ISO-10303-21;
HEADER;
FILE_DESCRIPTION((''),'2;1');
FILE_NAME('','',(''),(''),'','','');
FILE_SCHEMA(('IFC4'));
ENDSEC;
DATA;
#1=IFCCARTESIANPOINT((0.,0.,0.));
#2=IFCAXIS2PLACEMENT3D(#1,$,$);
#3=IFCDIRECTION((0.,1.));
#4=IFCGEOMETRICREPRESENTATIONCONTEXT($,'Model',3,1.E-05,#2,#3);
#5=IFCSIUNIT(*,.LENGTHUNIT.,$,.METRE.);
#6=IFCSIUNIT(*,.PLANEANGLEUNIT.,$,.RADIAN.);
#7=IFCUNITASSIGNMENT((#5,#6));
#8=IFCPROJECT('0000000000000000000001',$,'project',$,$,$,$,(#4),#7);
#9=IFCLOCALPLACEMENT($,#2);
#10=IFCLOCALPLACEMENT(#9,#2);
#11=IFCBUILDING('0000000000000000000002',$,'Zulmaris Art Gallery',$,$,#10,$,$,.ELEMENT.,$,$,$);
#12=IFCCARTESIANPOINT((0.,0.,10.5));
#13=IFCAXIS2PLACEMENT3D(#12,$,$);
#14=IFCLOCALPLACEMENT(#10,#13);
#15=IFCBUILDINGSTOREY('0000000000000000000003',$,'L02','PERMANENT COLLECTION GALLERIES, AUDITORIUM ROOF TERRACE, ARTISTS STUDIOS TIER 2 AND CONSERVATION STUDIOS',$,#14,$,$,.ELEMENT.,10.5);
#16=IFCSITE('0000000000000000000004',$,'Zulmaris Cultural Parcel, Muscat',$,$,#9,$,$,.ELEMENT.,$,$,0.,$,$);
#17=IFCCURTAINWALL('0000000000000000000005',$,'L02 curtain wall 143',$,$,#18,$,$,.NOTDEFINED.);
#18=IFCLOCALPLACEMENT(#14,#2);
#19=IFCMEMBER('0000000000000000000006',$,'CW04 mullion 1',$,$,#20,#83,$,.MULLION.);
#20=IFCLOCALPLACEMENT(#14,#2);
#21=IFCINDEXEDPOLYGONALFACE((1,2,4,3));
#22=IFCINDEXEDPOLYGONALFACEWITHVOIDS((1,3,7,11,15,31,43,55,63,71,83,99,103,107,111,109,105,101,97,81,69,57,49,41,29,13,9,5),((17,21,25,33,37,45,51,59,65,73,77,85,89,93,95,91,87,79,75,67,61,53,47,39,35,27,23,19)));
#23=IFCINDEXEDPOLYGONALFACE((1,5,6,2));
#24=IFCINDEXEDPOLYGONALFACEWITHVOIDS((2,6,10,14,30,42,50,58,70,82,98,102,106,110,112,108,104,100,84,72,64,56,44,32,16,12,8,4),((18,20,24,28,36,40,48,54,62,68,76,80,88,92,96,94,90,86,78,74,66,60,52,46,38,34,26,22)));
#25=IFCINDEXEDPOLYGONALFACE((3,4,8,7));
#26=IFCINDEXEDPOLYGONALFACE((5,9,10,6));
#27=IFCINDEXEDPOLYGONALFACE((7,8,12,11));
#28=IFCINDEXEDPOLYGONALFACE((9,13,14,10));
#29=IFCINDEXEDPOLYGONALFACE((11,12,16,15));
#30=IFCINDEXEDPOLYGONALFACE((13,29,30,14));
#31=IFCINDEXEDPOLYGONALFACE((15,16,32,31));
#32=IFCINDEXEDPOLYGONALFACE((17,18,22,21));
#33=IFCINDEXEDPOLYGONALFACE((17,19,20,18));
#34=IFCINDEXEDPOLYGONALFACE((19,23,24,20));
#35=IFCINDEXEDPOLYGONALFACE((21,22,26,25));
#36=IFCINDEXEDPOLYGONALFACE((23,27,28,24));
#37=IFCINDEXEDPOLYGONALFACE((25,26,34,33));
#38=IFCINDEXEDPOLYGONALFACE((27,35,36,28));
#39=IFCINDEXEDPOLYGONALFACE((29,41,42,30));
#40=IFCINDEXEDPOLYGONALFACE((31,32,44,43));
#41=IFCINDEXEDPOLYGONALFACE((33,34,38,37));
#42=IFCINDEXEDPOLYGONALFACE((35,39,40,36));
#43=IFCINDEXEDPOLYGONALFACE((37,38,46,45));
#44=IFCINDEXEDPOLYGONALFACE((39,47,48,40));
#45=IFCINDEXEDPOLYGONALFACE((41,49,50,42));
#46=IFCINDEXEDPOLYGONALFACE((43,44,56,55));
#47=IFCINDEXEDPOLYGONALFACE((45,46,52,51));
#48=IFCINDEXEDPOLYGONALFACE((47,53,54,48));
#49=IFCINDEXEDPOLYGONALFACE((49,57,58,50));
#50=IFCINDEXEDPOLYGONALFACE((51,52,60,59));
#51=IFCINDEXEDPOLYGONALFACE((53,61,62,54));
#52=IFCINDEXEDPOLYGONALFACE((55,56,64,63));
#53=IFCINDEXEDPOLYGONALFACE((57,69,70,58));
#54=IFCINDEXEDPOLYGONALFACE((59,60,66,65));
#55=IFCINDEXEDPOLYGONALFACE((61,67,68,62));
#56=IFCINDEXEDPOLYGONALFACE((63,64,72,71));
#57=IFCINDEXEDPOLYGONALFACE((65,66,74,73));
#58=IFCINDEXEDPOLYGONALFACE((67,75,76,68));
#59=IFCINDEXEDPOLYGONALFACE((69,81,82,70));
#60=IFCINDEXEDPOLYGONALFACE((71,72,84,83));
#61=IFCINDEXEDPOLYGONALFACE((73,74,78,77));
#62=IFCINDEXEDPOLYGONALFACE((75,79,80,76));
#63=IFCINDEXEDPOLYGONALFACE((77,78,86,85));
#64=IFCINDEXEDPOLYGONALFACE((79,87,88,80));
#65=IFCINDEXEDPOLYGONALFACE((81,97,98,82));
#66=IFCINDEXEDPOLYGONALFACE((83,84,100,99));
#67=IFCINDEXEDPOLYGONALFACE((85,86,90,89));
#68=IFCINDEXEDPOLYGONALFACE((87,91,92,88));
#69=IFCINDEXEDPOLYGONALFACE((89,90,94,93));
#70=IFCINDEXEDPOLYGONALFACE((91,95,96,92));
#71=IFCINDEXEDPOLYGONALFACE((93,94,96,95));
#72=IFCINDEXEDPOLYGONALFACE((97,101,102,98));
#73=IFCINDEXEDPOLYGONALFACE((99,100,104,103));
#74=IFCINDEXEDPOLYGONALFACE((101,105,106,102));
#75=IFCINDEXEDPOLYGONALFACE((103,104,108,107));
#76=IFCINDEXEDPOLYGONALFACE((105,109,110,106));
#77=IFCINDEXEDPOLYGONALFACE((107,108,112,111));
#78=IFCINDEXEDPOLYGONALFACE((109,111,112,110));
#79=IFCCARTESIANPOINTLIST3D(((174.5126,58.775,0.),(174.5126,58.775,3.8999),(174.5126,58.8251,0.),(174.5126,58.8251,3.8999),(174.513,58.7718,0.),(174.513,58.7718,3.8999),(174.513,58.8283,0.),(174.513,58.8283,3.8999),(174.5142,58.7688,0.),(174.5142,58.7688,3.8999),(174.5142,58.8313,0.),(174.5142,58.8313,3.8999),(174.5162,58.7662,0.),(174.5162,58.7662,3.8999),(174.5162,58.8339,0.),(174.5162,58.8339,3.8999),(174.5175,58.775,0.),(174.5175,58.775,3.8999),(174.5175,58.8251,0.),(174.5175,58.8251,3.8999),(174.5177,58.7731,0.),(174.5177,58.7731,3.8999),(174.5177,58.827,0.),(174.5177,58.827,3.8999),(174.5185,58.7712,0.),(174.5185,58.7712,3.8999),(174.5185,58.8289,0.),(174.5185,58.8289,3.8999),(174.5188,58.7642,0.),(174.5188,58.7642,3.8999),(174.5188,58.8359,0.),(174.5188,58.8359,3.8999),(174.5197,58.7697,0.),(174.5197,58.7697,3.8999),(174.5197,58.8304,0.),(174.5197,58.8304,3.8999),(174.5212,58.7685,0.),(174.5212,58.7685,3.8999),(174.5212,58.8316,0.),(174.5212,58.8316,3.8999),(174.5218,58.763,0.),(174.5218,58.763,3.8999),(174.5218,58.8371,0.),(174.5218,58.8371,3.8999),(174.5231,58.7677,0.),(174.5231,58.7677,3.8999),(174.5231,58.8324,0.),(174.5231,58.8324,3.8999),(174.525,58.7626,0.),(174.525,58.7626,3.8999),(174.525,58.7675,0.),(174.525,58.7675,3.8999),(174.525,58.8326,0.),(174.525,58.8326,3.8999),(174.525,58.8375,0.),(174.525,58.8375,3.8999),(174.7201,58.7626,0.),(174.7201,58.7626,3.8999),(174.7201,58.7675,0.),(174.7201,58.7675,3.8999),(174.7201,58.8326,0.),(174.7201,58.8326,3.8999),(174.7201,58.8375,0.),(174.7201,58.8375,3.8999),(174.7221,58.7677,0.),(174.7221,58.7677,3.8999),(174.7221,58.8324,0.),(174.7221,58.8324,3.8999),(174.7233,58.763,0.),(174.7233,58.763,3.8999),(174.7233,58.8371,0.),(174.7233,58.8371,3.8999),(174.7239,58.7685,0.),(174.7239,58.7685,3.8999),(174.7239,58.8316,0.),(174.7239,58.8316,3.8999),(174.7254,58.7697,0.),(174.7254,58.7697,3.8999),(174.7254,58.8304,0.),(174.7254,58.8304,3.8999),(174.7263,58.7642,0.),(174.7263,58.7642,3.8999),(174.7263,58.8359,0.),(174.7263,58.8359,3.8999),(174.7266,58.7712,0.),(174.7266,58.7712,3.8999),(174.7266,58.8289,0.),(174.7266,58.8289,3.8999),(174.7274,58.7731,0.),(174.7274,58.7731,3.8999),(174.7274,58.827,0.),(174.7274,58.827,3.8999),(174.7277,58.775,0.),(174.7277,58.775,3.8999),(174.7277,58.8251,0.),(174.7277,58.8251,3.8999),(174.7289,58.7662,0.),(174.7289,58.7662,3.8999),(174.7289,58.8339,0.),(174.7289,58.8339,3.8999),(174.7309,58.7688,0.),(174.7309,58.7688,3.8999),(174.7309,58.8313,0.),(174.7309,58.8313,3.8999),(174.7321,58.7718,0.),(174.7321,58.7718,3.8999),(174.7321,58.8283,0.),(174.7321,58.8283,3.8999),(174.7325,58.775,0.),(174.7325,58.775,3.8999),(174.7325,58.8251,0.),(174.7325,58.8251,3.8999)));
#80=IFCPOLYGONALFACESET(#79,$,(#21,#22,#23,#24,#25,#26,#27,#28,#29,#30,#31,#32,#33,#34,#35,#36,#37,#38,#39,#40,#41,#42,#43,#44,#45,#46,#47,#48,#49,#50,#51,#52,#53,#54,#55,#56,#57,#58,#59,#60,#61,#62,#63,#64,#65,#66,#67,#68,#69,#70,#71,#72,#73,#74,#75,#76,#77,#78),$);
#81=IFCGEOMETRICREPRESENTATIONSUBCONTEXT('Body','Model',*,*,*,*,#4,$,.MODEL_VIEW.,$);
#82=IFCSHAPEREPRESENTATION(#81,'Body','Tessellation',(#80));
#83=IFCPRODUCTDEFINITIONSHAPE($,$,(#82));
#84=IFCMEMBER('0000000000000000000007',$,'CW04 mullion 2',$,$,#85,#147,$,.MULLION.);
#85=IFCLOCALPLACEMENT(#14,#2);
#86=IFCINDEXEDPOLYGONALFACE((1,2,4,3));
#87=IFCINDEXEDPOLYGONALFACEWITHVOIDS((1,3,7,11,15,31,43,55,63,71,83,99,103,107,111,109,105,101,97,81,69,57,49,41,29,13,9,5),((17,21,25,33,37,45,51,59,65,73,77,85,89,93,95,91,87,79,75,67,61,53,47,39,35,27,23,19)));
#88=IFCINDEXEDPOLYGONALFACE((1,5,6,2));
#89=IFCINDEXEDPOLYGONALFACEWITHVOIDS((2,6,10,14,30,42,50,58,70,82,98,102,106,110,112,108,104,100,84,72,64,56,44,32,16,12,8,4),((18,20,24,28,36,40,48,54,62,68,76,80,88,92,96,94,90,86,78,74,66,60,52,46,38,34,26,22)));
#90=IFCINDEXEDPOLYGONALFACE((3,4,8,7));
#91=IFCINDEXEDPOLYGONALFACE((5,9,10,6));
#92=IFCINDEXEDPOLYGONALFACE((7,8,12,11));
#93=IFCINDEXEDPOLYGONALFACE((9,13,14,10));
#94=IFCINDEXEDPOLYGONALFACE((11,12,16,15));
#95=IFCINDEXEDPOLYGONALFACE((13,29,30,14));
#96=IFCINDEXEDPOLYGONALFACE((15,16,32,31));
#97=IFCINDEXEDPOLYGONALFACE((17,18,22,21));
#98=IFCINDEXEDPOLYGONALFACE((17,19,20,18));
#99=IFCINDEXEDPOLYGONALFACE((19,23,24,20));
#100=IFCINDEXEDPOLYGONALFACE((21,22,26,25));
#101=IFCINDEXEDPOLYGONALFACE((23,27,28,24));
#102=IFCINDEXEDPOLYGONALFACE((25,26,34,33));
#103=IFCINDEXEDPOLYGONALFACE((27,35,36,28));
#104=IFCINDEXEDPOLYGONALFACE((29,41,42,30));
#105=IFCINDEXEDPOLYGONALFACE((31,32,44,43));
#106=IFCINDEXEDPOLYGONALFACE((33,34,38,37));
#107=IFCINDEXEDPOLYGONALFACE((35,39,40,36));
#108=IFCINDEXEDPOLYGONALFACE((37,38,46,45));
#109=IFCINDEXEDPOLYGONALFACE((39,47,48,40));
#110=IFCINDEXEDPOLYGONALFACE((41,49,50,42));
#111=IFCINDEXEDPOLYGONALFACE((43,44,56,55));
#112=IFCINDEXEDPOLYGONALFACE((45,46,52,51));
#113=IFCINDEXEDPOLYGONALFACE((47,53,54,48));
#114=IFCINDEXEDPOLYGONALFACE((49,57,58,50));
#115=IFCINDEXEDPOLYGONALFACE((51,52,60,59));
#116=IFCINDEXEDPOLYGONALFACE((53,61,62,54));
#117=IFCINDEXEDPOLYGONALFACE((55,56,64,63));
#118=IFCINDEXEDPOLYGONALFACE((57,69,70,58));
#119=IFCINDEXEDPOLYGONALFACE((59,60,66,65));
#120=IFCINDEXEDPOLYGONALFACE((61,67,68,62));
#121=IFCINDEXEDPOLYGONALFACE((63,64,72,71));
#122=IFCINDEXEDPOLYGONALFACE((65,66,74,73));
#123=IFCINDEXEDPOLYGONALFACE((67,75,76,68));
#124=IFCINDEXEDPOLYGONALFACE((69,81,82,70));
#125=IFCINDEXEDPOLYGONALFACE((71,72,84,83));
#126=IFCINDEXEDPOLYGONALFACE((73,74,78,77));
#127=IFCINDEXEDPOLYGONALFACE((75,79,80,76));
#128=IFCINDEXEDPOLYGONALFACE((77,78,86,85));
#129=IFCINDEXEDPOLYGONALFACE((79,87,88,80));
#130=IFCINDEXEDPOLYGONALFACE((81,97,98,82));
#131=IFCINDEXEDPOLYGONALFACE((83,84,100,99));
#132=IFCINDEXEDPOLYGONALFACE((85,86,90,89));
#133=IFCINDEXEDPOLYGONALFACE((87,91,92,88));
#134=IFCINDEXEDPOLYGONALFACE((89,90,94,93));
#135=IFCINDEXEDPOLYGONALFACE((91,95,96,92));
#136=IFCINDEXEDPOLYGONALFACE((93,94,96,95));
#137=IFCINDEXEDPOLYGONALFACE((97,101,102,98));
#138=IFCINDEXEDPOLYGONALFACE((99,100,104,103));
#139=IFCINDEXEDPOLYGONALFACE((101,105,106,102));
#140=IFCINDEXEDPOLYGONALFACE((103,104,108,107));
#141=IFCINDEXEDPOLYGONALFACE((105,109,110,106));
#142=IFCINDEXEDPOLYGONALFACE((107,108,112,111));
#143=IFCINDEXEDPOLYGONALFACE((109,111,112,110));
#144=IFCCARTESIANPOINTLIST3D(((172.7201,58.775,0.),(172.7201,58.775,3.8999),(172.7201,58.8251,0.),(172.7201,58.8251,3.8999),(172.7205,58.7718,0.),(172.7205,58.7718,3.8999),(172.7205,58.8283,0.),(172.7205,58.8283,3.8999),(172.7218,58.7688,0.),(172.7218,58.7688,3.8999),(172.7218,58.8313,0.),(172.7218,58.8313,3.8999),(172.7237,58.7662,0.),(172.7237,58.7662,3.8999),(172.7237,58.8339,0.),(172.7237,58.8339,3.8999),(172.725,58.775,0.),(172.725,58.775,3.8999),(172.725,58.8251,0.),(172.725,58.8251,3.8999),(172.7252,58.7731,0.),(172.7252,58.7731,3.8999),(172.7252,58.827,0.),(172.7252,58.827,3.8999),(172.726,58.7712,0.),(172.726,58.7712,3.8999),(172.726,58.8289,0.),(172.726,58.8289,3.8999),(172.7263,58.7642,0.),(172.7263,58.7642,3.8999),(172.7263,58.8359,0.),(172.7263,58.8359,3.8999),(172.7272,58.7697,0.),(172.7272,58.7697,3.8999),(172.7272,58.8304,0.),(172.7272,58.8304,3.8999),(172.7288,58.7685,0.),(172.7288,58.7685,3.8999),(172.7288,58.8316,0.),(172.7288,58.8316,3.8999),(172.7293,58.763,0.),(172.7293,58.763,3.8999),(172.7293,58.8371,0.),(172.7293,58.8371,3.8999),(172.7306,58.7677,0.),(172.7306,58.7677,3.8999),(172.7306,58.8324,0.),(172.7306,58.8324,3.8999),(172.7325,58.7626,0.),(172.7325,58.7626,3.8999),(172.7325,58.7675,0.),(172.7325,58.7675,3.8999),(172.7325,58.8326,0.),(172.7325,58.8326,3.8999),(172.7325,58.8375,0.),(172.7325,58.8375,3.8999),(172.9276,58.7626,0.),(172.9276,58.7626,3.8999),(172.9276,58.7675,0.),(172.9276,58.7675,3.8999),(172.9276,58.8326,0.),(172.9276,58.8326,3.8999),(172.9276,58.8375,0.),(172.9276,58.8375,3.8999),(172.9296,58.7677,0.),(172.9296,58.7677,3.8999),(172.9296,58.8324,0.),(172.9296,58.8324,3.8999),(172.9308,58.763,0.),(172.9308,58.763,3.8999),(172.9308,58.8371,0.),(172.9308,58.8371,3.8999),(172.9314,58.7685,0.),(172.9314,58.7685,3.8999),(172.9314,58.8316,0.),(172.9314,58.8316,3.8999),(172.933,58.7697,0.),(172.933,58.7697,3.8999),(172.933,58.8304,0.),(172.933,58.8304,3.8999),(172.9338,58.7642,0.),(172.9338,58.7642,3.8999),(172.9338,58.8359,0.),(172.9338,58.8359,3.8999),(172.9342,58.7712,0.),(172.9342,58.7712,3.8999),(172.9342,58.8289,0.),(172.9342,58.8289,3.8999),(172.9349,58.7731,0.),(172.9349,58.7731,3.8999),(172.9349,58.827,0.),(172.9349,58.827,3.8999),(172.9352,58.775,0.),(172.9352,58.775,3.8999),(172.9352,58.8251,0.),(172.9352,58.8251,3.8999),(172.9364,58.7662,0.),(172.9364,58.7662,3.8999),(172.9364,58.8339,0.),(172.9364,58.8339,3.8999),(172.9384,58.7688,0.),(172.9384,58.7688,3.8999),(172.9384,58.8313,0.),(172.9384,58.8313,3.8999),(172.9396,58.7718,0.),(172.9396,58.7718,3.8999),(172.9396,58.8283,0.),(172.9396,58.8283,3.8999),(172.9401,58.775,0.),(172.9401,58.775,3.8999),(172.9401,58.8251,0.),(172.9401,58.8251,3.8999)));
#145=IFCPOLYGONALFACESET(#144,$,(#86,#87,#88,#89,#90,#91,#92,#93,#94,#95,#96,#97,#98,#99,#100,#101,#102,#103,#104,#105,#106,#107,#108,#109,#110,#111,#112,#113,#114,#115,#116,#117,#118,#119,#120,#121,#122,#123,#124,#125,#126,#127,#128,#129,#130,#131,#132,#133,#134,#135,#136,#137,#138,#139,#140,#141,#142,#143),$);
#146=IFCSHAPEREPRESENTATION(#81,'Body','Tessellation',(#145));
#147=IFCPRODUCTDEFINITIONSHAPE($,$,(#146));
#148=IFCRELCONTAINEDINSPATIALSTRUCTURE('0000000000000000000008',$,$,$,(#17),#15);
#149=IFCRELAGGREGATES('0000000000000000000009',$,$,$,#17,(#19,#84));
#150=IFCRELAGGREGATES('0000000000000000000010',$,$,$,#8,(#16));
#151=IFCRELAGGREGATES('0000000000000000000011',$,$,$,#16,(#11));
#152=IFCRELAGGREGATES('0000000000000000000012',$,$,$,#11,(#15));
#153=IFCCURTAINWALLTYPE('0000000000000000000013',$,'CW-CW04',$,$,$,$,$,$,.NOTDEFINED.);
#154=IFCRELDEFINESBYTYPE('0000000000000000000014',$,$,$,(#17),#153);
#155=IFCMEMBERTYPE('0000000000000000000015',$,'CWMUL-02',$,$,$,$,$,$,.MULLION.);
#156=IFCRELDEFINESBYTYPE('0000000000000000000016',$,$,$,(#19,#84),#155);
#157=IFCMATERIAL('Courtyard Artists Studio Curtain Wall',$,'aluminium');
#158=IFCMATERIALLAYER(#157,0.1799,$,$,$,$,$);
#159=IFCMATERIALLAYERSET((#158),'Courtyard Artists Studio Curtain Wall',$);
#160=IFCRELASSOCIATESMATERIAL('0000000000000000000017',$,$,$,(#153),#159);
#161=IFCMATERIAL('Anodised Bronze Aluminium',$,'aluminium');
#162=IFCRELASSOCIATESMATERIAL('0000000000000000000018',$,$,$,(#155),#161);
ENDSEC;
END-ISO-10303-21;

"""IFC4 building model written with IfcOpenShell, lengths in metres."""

from ifc_helpers import new_model, si_unit, direction, frame, origin, origin_2d, place, context, subcontext, project, spatial, hollow_rectangle, extrude, material, layer, layer_set, material_profile, profile_set, type_object, element, aggregate, save


model = new_model("IFC4")

# Units and contexts
model_context = context("Model", 3, precision=1e-05, world=origin(), true_north=direction((0.0, 1.0)))
body_context = subcontext(model_context, "Body", "Model", "MODEL_VIEW")
ifc_project = project(units=[si_unit("LENGTHUNIT", "METRE"), si_unit("PLANEANGLEUNIT", "RADIAN")], contexts=[model_context])

# Site, building, storey
site_placement = place(None, origin())
site = spatial("IfcSite", under=ifc_project, at=site_placement, Name="Zulmaris Cultural Parcel, Muscat", CompositionType="ELEMENT", RefElevation=0.0)
building_placement = place(site_placement, origin())
building = spatial("IfcBuilding", under=site, at=building_placement, Name="Zulmaris Art Gallery", CompositionType="ELEMENT")
storey_placement = place(building_placement, frame((0.0, 0.0, 10.5)))
storey = spatial("IfcBuildingStorey", under=building, at=storey_placement, Name="L02", Description="PERMANENT COLLECTION GALLERIES, AUDITORIUM ROOF TERRACE, ARTISTS STUDIOS TIER 2 AND CONSERVATION STUDIOS", CompositionType="ELEMENT", Elevation=10.5)

# Curtain wall, members
ifc_material_1 = material(Name="Courtyard Artists Studio Curtain Wall", Category="aluminium")
ifc_layer_1 = layer(ifc_material_1, 0.1799)
ifc_layer_set_1 = layer_set([ifc_layer_1], Name="Courtyard Artists Studio Curtain Wall")
curtain_wall_type = type_object("IfcCurtainWallType", Name="CW-CW04", PredefinedType="NOTDEFINED", material=ifc_layer_set_1)
curtain_wall_1_placement = place(storey_placement, origin())
curtain_wall_1 = element("IfcCurtainWall", 1, at=curtain_wall_1_placement, inside=storey, type_object=curtain_wall_type, Name="L02 curtain wall 143", PredefinedType="NOTDEFINED")
ifc_material_2 = material(Name="Anodised Bronze Aluminium", Category="aluminium")
ifc_material_profile_1 = material_profile(ifc_material_2, hollow_rectangle(XDim=0.075, YDim=0.22, WallThickness=0.0049, InnerFilletRadius=0.0076, OuterFilletRadius=0.0125, at=origin_2d()), Name="ALU 75x220x5")
ifc_profile_set_1 = profile_set([ifc_material_profile_1], Name="Anodised Bronze Aluminium")
member_type_1 = type_object("IfcMemberType", Name="CWMUL-02", PredefinedType="MULLION", material=ifc_profile_set_1)
member_1_placement = place(storey_placement, frame((174.6226, 58.8, 0.0), z_axis=(0.0, 0.0, 1.0), x_axis=(0.0, -1.0, 0.0)))
member_1 = element("IfcMember", 2, at=member_1_placement, type_object=member_type_1, Name="CW04 mullion 1", PredefinedType="MULLION", context=body_context, shape_type="SweptSolid", body=[
    extrude(hollow_rectangle(XDim=0.075, YDim=0.22, WallThickness=0.0049, InnerFilletRadius=0.0076, OuterFilletRadius=0.0125, at=origin_2d()), origin(), (0.0, 0.0, 1.0), 3.8999),
])
member_2_placement = place(storey_placement, frame((172.8301, 58.8, 0.0), z_axis=(0.0, 0.0, 1.0), x_axis=(0.0, -1.0, 0.0)))
member_2 = element("IfcMember", 3, at=member_2_placement, type_object=member_type_1, Name="CW04 mullion 2", PredefinedType="MULLION", context=body_context, shape_type="SweptSolid", body=[
    extrude(hollow_rectangle(XDim=0.075, YDim=0.22, WallThickness=0.0049, InnerFilletRadius=0.0076, OuterFilletRadius=0.0125, at=origin_2d()), origin(), (0.0, 0.0, 1.0), 3.8999),
])

aggregate(curtain_wall_1, [member_1, member_2])

save(model, "model.ifc")
